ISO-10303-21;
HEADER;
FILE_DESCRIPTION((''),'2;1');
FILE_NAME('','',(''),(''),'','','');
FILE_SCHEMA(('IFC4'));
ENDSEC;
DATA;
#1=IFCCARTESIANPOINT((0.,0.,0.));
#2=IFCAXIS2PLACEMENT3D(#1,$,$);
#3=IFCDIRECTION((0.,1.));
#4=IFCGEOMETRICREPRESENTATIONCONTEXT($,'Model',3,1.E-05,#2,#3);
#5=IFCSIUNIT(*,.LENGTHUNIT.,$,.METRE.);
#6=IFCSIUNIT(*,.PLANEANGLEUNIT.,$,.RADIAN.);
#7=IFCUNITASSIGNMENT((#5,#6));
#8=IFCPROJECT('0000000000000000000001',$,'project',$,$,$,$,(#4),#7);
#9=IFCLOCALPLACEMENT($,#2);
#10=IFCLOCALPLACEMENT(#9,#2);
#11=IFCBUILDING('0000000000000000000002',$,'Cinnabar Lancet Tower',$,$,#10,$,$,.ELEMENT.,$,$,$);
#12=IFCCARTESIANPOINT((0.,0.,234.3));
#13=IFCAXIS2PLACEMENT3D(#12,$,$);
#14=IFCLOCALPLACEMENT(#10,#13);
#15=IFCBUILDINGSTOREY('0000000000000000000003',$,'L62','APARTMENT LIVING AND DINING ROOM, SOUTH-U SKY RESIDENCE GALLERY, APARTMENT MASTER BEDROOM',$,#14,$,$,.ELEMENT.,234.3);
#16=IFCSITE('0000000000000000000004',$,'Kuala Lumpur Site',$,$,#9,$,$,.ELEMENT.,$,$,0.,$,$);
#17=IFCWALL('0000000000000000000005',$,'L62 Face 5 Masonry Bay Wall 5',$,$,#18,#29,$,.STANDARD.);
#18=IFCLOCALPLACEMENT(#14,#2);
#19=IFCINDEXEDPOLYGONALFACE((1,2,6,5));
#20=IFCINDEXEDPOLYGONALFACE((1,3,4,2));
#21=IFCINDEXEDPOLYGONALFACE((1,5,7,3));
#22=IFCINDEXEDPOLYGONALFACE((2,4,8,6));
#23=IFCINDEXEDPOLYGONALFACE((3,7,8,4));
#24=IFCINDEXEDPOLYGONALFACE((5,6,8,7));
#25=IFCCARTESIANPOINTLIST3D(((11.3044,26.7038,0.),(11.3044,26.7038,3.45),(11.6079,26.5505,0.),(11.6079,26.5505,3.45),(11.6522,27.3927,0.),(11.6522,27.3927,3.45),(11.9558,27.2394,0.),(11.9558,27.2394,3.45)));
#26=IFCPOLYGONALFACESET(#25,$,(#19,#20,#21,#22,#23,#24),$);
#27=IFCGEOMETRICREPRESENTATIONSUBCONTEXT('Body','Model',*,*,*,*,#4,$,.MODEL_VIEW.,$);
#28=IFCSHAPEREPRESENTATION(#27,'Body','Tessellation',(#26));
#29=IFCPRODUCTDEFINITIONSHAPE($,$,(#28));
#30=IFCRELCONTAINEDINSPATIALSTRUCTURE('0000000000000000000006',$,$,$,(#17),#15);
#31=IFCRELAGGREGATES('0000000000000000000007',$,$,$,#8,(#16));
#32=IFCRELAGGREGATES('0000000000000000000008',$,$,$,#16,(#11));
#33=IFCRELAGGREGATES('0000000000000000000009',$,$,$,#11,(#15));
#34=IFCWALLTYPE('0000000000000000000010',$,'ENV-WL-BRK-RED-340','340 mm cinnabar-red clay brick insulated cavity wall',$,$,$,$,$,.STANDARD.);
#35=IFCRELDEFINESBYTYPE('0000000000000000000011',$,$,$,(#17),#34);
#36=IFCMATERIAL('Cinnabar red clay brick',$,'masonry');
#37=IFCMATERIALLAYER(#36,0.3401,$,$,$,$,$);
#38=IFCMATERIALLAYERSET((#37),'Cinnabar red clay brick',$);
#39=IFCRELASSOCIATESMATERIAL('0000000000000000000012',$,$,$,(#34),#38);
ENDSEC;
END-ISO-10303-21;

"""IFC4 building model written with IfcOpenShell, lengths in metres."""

from ifc_helpers import new_model, si_unit, direction, frame, frame_2d, origin, place, context, subcontext, project, spatial, rectangle, extrude, material, layer, layer_set, type_object, element, save


model = new_model("IFC4")

# Units and contexts
model_context = context("Model", 3, precision=1e-05, world=origin(), true_north=direction((0.0, 1.0)))
body_context = subcontext(model_context, "Body", "Model", "MODEL_VIEW")
ifc_project = project(units=[si_unit("LENGTHUNIT", "METRE"), si_unit("PLANEANGLEUNIT", "RADIAN")], contexts=[model_context])

# Site, building, storey
site_placement = place(None, origin())
site = spatial("IfcSite", under=ifc_project, at=site_placement, Name="Kuala Lumpur Site", CompositionType="ELEMENT", RefElevation=0.0)
building_placement = place(site_placement, origin())
building = spatial("IfcBuilding", under=site, at=building_placement, Name="Cinnabar Lancet Tower", CompositionType="ELEMENT")
storey_placement = place(building_placement, frame((0.0, 0.0, 234.3)))
storey = spatial("IfcBuildingStorey", under=building, at=storey_placement, Name="L62", Description="APARTMENT LIVING AND DINING ROOM, SOUTH-U SKY RESIDENCE GALLERY, APARTMENT MASTER BEDROOM", CompositionType="ELEMENT", Elevation=234.3)

# Shared definitions
ifc_material_1 = material(Name="Cinnabar red clay brick", Category="masonry")
ifc_layer_1 = layer(ifc_material_1, 0.3401)
ifc_layer_set_1 = layer_set([ifc_layer_1], Name="Cinnabar red clay brick")
wall_type_1 = type_object("IfcWallType", Name="ENV-WL-BRK-RED-340", Description="340 mm cinnabar-red clay brick insulated cavity wall", PredefinedType="STANDARD", material=ifc_layer_set_1)

# Wall
wall_1_placement = place(storey_placement, frame((11.804, 27.3159, 0.0), z_axis=(0.0, 0.0, 1.0), x_axis=(-0.450753, -0.892649, 0.0)))
element("IfcWall", 1, at=wall_1_placement, inside=storey, type_object=wall_type_1, Name="L62 Face 5 Masonry Bay Wall 5", PredefinedType="STANDARD", context=body_context, shape_type="SweptSolid", body=[
    extrude(rectangle(XDim=0.7717, YDim=0.3401, at=frame_2d((0.3857, 0.0))), origin(), (0.0, 0.0, 1.0), 3.45),
])

save(model, "model.ifc")
